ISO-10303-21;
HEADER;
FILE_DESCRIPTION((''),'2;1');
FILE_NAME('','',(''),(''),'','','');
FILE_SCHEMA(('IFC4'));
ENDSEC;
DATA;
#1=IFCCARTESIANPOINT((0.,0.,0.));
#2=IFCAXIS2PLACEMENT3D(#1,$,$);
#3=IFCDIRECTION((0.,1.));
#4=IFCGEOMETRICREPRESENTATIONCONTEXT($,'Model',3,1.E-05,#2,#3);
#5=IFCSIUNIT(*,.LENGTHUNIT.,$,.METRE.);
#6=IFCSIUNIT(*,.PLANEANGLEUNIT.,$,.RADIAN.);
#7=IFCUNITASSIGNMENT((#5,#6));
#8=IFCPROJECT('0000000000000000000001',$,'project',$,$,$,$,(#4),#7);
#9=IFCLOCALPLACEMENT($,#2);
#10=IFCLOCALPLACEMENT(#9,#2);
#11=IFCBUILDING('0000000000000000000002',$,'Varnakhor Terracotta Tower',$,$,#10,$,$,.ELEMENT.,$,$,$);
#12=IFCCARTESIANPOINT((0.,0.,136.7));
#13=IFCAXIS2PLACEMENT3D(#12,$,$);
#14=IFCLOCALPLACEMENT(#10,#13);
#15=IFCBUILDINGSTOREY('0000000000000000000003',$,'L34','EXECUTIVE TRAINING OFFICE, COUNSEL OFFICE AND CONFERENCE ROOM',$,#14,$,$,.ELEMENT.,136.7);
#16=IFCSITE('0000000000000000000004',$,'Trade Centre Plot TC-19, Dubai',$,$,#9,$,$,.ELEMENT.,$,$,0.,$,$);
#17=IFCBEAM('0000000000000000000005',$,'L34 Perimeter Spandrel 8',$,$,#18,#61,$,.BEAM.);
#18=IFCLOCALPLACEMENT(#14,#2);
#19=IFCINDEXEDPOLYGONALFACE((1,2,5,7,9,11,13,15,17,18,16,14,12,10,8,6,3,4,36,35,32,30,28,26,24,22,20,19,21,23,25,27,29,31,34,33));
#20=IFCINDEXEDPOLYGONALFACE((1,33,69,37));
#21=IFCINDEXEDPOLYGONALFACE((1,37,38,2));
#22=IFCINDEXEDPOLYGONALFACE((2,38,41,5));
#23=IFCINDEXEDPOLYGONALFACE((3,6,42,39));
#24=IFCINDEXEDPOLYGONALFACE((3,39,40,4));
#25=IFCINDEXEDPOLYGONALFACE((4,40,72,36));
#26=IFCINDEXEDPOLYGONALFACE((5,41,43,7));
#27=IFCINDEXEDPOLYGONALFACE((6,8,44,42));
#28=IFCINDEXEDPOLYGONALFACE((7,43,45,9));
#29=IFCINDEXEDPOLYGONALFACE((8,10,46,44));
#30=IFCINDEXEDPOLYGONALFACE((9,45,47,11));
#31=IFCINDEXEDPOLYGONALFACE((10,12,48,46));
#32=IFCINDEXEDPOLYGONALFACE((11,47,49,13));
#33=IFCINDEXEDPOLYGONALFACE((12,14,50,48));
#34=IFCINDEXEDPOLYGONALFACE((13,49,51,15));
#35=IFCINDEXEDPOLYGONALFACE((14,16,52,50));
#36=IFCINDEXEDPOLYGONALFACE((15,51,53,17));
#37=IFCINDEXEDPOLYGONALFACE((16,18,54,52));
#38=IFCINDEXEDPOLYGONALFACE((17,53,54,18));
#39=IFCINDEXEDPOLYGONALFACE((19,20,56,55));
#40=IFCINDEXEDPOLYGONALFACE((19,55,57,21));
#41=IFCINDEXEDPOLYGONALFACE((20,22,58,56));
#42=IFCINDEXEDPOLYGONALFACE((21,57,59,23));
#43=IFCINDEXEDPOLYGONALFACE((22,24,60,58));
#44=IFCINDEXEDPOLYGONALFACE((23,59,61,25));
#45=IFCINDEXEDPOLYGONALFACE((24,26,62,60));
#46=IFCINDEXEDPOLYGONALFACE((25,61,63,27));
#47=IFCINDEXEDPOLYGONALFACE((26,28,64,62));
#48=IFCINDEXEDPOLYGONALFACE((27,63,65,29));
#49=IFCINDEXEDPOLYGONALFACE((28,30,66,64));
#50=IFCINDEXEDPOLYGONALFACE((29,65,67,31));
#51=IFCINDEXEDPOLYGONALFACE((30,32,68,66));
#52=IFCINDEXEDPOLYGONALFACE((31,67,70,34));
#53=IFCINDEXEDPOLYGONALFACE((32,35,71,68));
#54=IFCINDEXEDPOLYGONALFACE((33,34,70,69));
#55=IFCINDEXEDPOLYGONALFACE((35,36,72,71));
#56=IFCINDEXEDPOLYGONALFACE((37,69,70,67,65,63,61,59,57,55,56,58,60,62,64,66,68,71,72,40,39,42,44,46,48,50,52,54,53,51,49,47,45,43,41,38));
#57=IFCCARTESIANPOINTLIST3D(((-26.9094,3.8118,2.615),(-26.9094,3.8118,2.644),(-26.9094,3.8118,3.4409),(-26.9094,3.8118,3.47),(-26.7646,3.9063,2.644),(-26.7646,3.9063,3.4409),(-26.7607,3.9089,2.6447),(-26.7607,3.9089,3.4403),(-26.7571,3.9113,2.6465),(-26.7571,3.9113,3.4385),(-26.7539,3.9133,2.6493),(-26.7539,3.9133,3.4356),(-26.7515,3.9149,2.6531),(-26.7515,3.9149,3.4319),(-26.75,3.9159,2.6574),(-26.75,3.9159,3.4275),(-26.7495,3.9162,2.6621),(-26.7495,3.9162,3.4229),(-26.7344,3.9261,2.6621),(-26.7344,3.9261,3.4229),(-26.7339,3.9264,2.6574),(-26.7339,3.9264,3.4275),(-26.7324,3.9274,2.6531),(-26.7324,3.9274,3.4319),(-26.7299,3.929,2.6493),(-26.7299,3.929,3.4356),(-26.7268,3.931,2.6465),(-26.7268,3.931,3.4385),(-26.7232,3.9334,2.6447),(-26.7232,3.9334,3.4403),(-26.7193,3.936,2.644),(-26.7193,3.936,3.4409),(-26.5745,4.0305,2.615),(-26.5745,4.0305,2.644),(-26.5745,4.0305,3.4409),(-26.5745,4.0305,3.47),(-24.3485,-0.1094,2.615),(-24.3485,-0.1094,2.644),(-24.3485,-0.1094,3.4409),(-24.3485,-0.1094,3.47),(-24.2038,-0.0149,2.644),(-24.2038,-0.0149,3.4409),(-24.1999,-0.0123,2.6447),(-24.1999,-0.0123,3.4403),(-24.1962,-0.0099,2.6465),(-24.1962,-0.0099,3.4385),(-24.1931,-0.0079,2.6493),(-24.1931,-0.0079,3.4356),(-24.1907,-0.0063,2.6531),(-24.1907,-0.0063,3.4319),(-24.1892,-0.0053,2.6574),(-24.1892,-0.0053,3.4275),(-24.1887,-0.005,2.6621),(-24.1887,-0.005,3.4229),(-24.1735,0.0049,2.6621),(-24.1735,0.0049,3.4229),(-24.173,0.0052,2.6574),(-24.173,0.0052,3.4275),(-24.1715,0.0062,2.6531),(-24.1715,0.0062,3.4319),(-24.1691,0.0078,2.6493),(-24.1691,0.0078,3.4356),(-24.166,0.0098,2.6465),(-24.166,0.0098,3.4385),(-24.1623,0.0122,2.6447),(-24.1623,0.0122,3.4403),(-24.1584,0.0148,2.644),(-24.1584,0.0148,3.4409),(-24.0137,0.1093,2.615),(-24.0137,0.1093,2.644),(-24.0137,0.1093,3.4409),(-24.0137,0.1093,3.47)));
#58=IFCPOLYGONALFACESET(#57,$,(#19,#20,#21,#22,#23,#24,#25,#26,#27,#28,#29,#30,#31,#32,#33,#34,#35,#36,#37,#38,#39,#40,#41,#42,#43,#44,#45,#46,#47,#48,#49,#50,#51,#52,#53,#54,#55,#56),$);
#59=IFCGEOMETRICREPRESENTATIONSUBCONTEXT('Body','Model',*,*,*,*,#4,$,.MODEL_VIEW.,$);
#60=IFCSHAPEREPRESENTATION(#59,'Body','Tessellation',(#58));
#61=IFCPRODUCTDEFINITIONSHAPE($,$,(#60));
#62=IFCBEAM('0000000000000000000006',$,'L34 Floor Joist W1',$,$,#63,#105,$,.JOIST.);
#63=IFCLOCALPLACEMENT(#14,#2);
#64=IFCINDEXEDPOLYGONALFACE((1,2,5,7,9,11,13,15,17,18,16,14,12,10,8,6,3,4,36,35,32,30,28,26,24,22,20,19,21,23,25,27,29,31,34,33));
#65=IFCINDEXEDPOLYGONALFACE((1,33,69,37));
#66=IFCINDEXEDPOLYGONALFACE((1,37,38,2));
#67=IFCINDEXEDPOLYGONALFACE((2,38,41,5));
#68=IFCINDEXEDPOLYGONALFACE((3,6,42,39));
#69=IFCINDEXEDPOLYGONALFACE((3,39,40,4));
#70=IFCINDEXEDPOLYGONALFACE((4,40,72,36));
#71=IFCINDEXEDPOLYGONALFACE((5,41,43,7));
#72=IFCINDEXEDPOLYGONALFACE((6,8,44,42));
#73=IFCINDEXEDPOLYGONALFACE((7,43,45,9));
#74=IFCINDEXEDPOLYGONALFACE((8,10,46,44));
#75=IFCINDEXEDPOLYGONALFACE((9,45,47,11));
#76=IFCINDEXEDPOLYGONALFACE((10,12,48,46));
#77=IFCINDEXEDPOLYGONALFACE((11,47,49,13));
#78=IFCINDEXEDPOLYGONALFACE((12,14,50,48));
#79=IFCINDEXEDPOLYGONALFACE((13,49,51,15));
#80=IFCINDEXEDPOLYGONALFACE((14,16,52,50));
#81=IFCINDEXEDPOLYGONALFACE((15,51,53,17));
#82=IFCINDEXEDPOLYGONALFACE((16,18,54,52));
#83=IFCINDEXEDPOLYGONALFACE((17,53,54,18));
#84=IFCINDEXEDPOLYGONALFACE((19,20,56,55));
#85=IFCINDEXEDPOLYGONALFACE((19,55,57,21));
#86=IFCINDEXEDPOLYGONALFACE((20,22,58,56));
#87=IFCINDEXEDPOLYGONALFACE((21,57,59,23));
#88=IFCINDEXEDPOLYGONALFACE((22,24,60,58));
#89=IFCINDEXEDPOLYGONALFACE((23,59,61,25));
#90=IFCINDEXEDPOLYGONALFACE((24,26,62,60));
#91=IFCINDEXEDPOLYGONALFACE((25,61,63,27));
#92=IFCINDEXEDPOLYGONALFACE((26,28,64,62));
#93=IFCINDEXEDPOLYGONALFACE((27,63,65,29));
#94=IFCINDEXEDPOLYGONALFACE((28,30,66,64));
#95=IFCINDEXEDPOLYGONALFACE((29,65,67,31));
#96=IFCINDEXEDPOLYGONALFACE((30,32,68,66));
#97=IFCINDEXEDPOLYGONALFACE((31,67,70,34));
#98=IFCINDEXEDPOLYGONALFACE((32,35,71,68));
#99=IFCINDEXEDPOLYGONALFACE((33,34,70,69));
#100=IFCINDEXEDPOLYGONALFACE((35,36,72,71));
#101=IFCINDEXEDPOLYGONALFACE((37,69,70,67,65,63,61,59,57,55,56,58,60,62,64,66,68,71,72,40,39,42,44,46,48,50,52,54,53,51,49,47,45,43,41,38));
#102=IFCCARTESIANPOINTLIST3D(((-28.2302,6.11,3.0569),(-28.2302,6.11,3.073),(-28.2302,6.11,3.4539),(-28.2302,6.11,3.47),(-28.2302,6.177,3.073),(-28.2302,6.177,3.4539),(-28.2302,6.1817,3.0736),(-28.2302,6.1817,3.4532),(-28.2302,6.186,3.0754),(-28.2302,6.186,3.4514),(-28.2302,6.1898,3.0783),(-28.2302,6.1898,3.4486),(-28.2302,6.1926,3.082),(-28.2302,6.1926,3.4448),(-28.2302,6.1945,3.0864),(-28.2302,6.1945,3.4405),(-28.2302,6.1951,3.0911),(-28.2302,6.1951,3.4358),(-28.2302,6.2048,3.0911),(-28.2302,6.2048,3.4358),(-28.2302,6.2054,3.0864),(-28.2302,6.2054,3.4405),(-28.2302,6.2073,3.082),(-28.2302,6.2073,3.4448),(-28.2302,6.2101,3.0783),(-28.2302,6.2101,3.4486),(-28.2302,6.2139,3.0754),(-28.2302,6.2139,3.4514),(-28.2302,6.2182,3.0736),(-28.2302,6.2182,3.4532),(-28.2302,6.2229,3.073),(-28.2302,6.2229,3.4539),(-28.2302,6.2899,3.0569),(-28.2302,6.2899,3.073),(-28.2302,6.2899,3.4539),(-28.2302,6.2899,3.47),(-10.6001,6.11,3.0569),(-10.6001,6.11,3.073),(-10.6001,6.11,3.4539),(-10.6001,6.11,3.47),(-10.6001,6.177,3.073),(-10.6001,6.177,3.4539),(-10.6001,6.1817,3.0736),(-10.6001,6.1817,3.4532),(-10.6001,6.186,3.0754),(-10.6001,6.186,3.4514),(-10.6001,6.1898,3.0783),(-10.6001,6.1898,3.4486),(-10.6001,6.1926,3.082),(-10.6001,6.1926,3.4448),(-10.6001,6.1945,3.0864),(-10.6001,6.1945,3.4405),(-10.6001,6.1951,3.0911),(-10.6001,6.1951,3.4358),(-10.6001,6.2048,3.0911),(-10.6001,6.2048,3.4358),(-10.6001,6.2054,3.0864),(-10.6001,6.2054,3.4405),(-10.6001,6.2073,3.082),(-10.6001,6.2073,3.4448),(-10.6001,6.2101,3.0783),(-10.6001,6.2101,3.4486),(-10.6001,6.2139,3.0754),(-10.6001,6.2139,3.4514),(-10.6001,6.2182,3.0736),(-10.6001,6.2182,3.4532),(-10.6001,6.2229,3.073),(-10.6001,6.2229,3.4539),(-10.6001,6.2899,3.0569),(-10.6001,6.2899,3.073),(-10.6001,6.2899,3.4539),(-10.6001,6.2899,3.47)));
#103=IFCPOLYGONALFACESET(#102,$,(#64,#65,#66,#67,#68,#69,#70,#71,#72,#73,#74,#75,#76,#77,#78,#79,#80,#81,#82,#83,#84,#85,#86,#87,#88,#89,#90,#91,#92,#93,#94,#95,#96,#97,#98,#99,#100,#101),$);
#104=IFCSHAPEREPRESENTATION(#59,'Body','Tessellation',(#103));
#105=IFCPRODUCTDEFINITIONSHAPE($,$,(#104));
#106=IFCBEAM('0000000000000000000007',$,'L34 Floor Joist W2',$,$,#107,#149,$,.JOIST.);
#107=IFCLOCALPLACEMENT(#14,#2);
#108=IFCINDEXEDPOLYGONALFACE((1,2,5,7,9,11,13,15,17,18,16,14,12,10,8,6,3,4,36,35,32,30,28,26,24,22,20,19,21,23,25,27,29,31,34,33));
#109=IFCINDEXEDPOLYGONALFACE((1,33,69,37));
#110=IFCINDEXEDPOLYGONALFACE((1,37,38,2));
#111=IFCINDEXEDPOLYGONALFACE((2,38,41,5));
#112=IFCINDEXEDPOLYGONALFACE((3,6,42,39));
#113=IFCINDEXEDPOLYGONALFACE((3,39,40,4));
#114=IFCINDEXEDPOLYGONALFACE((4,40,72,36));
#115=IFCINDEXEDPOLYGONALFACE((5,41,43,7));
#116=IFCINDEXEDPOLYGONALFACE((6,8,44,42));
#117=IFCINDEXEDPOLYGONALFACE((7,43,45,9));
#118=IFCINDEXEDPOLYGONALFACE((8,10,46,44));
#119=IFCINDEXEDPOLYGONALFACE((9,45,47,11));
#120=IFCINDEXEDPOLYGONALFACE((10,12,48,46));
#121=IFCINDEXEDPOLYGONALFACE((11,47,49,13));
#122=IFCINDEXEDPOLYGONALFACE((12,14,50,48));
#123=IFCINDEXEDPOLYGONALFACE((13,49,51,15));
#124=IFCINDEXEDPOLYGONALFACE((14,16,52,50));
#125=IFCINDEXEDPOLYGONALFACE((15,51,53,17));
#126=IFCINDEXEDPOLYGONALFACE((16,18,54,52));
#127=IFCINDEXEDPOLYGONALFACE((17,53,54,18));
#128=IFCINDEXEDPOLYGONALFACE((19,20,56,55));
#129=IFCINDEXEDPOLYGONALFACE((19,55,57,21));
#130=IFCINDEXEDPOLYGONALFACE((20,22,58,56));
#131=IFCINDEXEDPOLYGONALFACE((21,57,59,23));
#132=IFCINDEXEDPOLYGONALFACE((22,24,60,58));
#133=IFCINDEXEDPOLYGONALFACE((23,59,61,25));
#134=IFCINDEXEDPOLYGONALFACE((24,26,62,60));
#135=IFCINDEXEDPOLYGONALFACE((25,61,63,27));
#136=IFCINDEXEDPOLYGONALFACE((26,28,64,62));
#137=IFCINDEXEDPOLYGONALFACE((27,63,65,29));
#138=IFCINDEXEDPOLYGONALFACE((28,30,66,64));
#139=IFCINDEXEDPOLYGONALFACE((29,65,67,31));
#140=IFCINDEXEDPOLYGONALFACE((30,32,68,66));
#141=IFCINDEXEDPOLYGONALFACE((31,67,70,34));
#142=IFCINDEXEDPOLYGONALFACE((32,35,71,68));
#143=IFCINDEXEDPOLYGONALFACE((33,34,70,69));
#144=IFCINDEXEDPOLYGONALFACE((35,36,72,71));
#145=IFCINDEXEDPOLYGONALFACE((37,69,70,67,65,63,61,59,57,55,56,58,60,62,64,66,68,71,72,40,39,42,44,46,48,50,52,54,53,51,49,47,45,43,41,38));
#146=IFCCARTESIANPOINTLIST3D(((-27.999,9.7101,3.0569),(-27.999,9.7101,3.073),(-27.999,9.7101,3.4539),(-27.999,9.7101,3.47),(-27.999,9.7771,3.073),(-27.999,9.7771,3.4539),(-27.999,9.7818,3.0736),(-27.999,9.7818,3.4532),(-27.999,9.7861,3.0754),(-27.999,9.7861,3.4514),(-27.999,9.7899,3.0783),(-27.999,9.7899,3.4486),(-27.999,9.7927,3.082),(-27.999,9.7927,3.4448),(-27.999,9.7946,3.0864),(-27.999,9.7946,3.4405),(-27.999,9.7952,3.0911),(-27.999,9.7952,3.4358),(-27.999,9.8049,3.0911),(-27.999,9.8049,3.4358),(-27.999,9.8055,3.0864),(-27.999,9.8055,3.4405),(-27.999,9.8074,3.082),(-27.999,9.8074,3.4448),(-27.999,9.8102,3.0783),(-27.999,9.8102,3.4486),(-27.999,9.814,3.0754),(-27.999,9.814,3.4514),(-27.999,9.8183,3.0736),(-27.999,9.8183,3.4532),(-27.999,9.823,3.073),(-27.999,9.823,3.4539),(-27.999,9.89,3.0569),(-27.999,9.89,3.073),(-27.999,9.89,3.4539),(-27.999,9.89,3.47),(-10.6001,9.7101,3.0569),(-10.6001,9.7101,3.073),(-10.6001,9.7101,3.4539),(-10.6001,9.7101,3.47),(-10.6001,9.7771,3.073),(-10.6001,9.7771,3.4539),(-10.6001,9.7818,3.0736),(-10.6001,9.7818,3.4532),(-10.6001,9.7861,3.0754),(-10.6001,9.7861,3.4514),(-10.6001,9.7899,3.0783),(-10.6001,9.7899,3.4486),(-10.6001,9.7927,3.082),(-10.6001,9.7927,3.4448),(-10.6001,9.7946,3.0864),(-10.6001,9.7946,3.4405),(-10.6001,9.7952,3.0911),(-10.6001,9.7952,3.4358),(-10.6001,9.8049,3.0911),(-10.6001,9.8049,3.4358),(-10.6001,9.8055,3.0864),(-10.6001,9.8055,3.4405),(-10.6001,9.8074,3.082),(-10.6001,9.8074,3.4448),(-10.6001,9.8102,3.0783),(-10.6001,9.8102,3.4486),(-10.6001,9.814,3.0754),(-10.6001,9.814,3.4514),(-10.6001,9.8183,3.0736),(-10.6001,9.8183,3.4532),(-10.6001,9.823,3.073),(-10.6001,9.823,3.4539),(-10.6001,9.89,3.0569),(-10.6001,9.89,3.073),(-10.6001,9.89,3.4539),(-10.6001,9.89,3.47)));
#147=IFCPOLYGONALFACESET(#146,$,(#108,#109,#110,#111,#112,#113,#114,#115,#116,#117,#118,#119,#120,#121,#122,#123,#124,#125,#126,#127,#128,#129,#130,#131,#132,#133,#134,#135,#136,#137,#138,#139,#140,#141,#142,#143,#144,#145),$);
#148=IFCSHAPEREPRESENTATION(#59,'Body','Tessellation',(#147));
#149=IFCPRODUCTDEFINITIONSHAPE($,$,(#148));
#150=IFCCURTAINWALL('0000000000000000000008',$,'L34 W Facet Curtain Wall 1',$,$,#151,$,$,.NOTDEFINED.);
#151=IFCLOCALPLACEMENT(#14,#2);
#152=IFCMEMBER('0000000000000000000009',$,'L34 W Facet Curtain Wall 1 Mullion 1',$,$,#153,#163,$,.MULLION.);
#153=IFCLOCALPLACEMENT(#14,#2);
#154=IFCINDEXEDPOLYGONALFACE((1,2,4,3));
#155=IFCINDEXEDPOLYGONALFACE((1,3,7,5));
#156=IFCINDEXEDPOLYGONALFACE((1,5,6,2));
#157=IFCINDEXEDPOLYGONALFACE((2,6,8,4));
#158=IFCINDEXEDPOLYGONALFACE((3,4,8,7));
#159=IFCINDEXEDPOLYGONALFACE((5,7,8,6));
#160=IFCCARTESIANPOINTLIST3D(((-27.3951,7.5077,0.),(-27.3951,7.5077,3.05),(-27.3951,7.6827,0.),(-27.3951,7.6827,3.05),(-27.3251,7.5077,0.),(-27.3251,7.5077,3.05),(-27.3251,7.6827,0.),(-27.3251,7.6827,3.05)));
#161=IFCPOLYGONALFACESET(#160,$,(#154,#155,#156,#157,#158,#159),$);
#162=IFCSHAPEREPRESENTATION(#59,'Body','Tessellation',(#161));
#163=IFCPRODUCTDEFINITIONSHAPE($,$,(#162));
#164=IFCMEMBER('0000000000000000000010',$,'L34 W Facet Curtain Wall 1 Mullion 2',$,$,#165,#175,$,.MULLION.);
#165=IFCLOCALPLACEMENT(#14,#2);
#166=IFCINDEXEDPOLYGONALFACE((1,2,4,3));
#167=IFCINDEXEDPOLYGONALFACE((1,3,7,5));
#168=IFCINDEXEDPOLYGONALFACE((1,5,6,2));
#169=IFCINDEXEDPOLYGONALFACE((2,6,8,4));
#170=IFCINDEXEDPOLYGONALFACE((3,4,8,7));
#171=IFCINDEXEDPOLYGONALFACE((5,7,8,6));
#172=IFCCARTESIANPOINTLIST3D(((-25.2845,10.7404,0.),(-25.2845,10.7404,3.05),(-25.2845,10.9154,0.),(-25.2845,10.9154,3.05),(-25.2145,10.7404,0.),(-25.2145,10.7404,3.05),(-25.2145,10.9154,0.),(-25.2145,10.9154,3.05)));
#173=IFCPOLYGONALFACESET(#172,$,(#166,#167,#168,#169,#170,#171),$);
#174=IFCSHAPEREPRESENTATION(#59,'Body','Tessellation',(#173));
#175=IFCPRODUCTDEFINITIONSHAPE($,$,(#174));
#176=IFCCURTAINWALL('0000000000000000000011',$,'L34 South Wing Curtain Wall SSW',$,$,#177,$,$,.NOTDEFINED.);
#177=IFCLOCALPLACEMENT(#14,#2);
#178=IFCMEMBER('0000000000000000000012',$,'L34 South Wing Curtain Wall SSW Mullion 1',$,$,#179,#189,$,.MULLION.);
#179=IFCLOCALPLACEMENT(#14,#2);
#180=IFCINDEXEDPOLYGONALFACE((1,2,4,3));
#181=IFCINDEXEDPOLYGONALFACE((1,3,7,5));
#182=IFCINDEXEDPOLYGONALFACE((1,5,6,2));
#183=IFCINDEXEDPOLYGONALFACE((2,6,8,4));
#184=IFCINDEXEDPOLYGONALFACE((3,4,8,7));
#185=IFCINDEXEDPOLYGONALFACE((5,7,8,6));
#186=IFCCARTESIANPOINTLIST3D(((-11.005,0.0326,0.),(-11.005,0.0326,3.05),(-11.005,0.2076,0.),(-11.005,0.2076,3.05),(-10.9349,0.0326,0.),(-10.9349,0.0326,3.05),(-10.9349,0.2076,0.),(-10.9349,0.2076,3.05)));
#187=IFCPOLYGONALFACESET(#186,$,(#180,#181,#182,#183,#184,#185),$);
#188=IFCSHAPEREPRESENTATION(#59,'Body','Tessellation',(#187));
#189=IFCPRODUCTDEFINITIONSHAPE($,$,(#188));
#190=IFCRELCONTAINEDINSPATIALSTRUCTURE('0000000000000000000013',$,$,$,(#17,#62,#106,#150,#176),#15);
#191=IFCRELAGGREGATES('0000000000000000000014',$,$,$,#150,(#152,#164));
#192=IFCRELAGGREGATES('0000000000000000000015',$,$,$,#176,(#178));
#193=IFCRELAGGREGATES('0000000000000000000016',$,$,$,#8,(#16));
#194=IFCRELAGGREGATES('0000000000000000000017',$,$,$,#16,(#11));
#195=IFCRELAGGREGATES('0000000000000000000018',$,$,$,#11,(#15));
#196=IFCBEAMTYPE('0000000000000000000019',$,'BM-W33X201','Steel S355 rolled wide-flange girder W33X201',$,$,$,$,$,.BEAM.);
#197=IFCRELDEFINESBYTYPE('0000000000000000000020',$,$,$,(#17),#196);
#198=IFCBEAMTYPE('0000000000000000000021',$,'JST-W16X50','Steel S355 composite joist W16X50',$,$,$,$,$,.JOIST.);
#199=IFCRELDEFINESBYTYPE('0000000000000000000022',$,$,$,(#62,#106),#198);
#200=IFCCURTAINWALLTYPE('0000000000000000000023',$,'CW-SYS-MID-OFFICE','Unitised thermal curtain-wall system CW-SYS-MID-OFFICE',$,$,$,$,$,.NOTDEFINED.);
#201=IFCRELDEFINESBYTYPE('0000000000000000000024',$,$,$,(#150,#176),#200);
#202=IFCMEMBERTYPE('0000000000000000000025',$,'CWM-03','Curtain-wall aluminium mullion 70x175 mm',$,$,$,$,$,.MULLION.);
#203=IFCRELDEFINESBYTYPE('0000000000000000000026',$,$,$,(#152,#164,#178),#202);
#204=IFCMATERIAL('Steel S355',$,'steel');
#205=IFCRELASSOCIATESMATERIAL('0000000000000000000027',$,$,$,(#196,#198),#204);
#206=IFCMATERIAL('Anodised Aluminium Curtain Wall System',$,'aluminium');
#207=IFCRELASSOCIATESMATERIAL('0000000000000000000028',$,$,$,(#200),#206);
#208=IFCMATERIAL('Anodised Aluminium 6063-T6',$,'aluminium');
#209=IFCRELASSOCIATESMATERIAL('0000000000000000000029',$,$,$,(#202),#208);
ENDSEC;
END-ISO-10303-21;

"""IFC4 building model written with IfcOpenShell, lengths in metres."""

from ifc_helpers import new_model, si_unit, direction, frame, origin, origin_2d, place, context, subcontext, project, spatial, rectangle, i_section, extrude, source, transform, mapped, material, material_profile, profile_set, type_object, element, aggregate, save


model = new_model("IFC4")

# Units and contexts
model_context = context("Model", 3, precision=1e-05, world=origin(), true_north=direction((0.0, 1.0)))
body_context = subcontext(model_context, "Body", "Model", "MODEL_VIEW")
ifc_project = project(units=[si_unit("LENGTHUNIT", "METRE"), si_unit("PLANEANGLEUNIT", "RADIAN")], contexts=[model_context])

# Site, building, storey
site_placement = place(None, origin())
site = spatial("IfcSite", under=ifc_project, at=site_placement, Name="Trade Centre Plot TC-19, Dubai", CompositionType="ELEMENT", RefElevation=0.0)
building_placement = place(site_placement, origin())
building = spatial("IfcBuilding", under=site, at=building_placement, Name="Varnakhor Terracotta Tower", CompositionType="ELEMENT")
storey_placement = place(building_placement, frame((0.0, 0.0, 136.7)))
storey = spatial("IfcBuildingStorey", under=building, at=storey_placement, Name="L34", Description="EXECUTIVE TRAINING OFFICE, COUNSEL OFFICE AND CONFERENCE ROOM", CompositionType="ELEMENT", Elevation=136.7)

# Beams
ifc_material_1 = material(Name="Steel S355", Category="steel")
ifc_material_profile_1 = material_profile(ifc_material_1, i_section(OverallWidth=0.3999, OverallDepth=0.855, WebThickness=0.0181, FlangeThickness=0.0291, FilletRadius=0.0181, at=origin_2d()), Name="W33X201")
ifc_profile_set_1 = profile_set([ifc_material_profile_1], Name="Steel S355")
beam_type_1 = type_object("IfcBeamType", Name="BM-W33X201", Description="Steel S355 rolled wide-flange girder W33X201", PredefinedType="BEAM", material=ifc_profile_set_1)
shared_shape_1 = source(origin(), body_context, "Body", "SweptSolid", [
    extrude(i_section(OverallWidth=0.3999, OverallDepth=0.855, WebThickness=0.0181, FlangeThickness=0.0291, FilletRadius=0.0181, at=origin_2d()), origin(), (0.0, 0.0, 1.0), 4.6833),
])
for number, where, z_axis, x_axis, name in (
    (1, (-26.7419, 3.9211, 3.0425), (0.546796, -0.837266, 0.0), (0.837266, 0.546796, 0.0), "L34 Perimeter Spandrel 8"),
):
    element("IfcBeam", number, at=place(storey_placement, frame(where, z_axis=z_axis, x_axis=x_axis)), inside=storey, type_object=beam_type_1, Name=name, PredefinedType="BEAM", context=body_context, shape_type="MappedRepresentation", body=[
        mapped(shared_shape_1, transform((0.0, 0.0, 0.0), scale=1.0)),
    ])
ifc_material_profile_2 = material_profile(ifc_material_1, i_section(OverallWidth=0.1799, OverallDepth=0.4131, WebThickness=0.0098, FlangeThickness=0.0161, FilletRadius=0.0181, at=origin_2d()), Name="W16X50")
ifc_profile_set_2 = profile_set([ifc_material_profile_2], Name="Steel S355")
beam_type_2 = type_object("IfcBeamType", Name="JST-W16X50", Description="Steel S355 composite joist W16X50", PredefinedType="JOIST", material=ifc_profile_set_2)
shared_shape_2 = source(origin(), body_context, "Body", "SweptSolid", [
    extrude(i_section(OverallWidth=0.1799, OverallDepth=0.4131, WebThickness=0.0098, FlangeThickness=0.0161, FilletRadius=0.0181, at=origin_2d()), origin(), (0.0, 0.0, 1.0), 17.6301),
])
beam_1_placement = place(storey_placement, frame((-28.2302, 6.2, 3.2634), z_axis=(1.0, 0.0, 0.0), x_axis=(0.0, 1.0, 0.0)))
element("IfcBeam", 2, at=beam_1_placement, inside=storey, type_object=beam_type_2, Name="L34 Floor Joist W1", PredefinedType="JOIST", context=body_context, shape_type="MappedRepresentation", body=[
    mapped(shared_shape_2, transform((0.0, 0.0, 0.0), scale=1.0)),
])
shared_shape_3 = source(origin(), body_context, "Body", "SweptSolid", [
    extrude(i_section(OverallWidth=0.1799, OverallDepth=0.4131, WebThickness=0.0098, FlangeThickness=0.0161, FilletRadius=0.0181, at=origin_2d()), origin(), (0.0, 0.0, 1.0), 17.3989),
])
beam_2_placement = place(storey_placement, frame((-27.999, 9.8, 3.2634), z_axis=(1.0, 0.0, 0.0), x_axis=(0.0, 1.0, 0.0)))
element("IfcBeam", 3, at=beam_2_placement, inside=storey, type_object=beam_type_2, Name="L34 Floor Joist W2", PredefinedType="JOIST", context=body_context, shape_type="MappedRepresentation", body=[
    mapped(shared_shape_3, transform((0.0, 0.0, 0.0), scale=1.0)),
])

# Curtain walls, members
ifc_material_2 = material(Name="Anodised Aluminium Curtain Wall System", Category="aluminium")
curtain_wall_type = type_object("IfcCurtainWallType", Name="CW-SYS-MID-OFFICE", Description="Unitised thermal curtain-wall system CW-SYS-MID-OFFICE", PredefinedType="NOTDEFINED", material=ifc_material_2)
curtain_wall_1_placement = place(storey_placement, origin())
curtain_wall_1 = element("IfcCurtainWall", 4, at=curtain_wall_1_placement, inside=storey, type_object=curtain_wall_type, Name="L34 W Facet Curtain Wall 1", PredefinedType="NOTDEFINED")
ifc_material_3 = material(Name="Anodised Aluminium 6063-T6", Category="aluminium")
ifc_material_profile_3 = material_profile(ifc_material_3, rectangle(XDim=0.0701, YDim=0.175, at=origin_2d()), Name="ALU MULLION 70x175")
ifc_profile_set_3 = profile_set([ifc_material_profile_3], Name="Anodised Aluminium 6063-T6")
member_type_1 = type_object("IfcMemberType", Name="CWM-03", Description="Curtain-wall aluminium mullion 70x175 mm", PredefinedType="MULLION", material=ifc_profile_set_3)
shared_shape_4 = source(origin(), body_context, "Body", "SweptSolid", [
    extrude(rectangle(XDim=0.0701, YDim=0.175, at=origin_2d()), origin(), (0.0, 0.0, 1.0), 3.05),
])
member_1_placement = place(storey_placement, frame((-27.3601, 7.5952, 0.0), z_axis=(0.0, 0.0, 1.0), x_axis=(1.0, 0.0, 0.0)))
member_1 = element("IfcMember", 5, at=member_1_placement, type_object=member_type_1, Name="L34 W Facet Curtain Wall 1 Mullion 1", PredefinedType="MULLION", context=body_context, shape_type="MappedRepresentation", body=[
    mapped(shared_shape_4, transform((0.0, 0.0, 0.0), scale=1.0)),
])
member_2_placement = place(storey_placement, frame((-25.2495, 10.8279, 0.0), z_axis=(0.0, 0.0, 1.0), x_axis=(1.0, 0.0, 0.0)))
member_2 = element("IfcMember", 6, at=member_2_placement, type_object=member_type_1, Name="L34 W Facet Curtain Wall 1 Mullion 2", PredefinedType="MULLION", context=body_context, shape_type="MappedRepresentation", body=[
    mapped(shared_shape_4, transform((0.0, 0.0, 0.0), scale=1.0)),
])
curtain_wall_2_placement = place(storey_placement, origin())
curtain_wall_2 = element("IfcCurtainWall", 7, at=curtain_wall_2_placement, inside=storey, type_object=curtain_wall_type, Name="L34 South Wing Curtain Wall SSW", PredefinedType="NOTDEFINED")
member_3_placement = place(storey_placement, frame((-10.97, 0.1201, 0.0), z_axis=(0.0, 0.0, 1.0), x_axis=(1.0, 0.0, 0.0)))
member_3 = element("IfcMember", 8, at=member_3_placement, type_object=member_type_1, Name="L34 South Wing Curtain Wall SSW Mullion 1", PredefinedType="MULLION", context=body_context, shape_type="MappedRepresentation", body=[
    mapped(shared_shape_4, transform((0.0, 0.0, 0.0), scale=1.0)),
])

aggregate(curtain_wall_1, [member_1, member_2])
aggregate(curtain_wall_2, [member_3])

save(model, "model.ifc")
